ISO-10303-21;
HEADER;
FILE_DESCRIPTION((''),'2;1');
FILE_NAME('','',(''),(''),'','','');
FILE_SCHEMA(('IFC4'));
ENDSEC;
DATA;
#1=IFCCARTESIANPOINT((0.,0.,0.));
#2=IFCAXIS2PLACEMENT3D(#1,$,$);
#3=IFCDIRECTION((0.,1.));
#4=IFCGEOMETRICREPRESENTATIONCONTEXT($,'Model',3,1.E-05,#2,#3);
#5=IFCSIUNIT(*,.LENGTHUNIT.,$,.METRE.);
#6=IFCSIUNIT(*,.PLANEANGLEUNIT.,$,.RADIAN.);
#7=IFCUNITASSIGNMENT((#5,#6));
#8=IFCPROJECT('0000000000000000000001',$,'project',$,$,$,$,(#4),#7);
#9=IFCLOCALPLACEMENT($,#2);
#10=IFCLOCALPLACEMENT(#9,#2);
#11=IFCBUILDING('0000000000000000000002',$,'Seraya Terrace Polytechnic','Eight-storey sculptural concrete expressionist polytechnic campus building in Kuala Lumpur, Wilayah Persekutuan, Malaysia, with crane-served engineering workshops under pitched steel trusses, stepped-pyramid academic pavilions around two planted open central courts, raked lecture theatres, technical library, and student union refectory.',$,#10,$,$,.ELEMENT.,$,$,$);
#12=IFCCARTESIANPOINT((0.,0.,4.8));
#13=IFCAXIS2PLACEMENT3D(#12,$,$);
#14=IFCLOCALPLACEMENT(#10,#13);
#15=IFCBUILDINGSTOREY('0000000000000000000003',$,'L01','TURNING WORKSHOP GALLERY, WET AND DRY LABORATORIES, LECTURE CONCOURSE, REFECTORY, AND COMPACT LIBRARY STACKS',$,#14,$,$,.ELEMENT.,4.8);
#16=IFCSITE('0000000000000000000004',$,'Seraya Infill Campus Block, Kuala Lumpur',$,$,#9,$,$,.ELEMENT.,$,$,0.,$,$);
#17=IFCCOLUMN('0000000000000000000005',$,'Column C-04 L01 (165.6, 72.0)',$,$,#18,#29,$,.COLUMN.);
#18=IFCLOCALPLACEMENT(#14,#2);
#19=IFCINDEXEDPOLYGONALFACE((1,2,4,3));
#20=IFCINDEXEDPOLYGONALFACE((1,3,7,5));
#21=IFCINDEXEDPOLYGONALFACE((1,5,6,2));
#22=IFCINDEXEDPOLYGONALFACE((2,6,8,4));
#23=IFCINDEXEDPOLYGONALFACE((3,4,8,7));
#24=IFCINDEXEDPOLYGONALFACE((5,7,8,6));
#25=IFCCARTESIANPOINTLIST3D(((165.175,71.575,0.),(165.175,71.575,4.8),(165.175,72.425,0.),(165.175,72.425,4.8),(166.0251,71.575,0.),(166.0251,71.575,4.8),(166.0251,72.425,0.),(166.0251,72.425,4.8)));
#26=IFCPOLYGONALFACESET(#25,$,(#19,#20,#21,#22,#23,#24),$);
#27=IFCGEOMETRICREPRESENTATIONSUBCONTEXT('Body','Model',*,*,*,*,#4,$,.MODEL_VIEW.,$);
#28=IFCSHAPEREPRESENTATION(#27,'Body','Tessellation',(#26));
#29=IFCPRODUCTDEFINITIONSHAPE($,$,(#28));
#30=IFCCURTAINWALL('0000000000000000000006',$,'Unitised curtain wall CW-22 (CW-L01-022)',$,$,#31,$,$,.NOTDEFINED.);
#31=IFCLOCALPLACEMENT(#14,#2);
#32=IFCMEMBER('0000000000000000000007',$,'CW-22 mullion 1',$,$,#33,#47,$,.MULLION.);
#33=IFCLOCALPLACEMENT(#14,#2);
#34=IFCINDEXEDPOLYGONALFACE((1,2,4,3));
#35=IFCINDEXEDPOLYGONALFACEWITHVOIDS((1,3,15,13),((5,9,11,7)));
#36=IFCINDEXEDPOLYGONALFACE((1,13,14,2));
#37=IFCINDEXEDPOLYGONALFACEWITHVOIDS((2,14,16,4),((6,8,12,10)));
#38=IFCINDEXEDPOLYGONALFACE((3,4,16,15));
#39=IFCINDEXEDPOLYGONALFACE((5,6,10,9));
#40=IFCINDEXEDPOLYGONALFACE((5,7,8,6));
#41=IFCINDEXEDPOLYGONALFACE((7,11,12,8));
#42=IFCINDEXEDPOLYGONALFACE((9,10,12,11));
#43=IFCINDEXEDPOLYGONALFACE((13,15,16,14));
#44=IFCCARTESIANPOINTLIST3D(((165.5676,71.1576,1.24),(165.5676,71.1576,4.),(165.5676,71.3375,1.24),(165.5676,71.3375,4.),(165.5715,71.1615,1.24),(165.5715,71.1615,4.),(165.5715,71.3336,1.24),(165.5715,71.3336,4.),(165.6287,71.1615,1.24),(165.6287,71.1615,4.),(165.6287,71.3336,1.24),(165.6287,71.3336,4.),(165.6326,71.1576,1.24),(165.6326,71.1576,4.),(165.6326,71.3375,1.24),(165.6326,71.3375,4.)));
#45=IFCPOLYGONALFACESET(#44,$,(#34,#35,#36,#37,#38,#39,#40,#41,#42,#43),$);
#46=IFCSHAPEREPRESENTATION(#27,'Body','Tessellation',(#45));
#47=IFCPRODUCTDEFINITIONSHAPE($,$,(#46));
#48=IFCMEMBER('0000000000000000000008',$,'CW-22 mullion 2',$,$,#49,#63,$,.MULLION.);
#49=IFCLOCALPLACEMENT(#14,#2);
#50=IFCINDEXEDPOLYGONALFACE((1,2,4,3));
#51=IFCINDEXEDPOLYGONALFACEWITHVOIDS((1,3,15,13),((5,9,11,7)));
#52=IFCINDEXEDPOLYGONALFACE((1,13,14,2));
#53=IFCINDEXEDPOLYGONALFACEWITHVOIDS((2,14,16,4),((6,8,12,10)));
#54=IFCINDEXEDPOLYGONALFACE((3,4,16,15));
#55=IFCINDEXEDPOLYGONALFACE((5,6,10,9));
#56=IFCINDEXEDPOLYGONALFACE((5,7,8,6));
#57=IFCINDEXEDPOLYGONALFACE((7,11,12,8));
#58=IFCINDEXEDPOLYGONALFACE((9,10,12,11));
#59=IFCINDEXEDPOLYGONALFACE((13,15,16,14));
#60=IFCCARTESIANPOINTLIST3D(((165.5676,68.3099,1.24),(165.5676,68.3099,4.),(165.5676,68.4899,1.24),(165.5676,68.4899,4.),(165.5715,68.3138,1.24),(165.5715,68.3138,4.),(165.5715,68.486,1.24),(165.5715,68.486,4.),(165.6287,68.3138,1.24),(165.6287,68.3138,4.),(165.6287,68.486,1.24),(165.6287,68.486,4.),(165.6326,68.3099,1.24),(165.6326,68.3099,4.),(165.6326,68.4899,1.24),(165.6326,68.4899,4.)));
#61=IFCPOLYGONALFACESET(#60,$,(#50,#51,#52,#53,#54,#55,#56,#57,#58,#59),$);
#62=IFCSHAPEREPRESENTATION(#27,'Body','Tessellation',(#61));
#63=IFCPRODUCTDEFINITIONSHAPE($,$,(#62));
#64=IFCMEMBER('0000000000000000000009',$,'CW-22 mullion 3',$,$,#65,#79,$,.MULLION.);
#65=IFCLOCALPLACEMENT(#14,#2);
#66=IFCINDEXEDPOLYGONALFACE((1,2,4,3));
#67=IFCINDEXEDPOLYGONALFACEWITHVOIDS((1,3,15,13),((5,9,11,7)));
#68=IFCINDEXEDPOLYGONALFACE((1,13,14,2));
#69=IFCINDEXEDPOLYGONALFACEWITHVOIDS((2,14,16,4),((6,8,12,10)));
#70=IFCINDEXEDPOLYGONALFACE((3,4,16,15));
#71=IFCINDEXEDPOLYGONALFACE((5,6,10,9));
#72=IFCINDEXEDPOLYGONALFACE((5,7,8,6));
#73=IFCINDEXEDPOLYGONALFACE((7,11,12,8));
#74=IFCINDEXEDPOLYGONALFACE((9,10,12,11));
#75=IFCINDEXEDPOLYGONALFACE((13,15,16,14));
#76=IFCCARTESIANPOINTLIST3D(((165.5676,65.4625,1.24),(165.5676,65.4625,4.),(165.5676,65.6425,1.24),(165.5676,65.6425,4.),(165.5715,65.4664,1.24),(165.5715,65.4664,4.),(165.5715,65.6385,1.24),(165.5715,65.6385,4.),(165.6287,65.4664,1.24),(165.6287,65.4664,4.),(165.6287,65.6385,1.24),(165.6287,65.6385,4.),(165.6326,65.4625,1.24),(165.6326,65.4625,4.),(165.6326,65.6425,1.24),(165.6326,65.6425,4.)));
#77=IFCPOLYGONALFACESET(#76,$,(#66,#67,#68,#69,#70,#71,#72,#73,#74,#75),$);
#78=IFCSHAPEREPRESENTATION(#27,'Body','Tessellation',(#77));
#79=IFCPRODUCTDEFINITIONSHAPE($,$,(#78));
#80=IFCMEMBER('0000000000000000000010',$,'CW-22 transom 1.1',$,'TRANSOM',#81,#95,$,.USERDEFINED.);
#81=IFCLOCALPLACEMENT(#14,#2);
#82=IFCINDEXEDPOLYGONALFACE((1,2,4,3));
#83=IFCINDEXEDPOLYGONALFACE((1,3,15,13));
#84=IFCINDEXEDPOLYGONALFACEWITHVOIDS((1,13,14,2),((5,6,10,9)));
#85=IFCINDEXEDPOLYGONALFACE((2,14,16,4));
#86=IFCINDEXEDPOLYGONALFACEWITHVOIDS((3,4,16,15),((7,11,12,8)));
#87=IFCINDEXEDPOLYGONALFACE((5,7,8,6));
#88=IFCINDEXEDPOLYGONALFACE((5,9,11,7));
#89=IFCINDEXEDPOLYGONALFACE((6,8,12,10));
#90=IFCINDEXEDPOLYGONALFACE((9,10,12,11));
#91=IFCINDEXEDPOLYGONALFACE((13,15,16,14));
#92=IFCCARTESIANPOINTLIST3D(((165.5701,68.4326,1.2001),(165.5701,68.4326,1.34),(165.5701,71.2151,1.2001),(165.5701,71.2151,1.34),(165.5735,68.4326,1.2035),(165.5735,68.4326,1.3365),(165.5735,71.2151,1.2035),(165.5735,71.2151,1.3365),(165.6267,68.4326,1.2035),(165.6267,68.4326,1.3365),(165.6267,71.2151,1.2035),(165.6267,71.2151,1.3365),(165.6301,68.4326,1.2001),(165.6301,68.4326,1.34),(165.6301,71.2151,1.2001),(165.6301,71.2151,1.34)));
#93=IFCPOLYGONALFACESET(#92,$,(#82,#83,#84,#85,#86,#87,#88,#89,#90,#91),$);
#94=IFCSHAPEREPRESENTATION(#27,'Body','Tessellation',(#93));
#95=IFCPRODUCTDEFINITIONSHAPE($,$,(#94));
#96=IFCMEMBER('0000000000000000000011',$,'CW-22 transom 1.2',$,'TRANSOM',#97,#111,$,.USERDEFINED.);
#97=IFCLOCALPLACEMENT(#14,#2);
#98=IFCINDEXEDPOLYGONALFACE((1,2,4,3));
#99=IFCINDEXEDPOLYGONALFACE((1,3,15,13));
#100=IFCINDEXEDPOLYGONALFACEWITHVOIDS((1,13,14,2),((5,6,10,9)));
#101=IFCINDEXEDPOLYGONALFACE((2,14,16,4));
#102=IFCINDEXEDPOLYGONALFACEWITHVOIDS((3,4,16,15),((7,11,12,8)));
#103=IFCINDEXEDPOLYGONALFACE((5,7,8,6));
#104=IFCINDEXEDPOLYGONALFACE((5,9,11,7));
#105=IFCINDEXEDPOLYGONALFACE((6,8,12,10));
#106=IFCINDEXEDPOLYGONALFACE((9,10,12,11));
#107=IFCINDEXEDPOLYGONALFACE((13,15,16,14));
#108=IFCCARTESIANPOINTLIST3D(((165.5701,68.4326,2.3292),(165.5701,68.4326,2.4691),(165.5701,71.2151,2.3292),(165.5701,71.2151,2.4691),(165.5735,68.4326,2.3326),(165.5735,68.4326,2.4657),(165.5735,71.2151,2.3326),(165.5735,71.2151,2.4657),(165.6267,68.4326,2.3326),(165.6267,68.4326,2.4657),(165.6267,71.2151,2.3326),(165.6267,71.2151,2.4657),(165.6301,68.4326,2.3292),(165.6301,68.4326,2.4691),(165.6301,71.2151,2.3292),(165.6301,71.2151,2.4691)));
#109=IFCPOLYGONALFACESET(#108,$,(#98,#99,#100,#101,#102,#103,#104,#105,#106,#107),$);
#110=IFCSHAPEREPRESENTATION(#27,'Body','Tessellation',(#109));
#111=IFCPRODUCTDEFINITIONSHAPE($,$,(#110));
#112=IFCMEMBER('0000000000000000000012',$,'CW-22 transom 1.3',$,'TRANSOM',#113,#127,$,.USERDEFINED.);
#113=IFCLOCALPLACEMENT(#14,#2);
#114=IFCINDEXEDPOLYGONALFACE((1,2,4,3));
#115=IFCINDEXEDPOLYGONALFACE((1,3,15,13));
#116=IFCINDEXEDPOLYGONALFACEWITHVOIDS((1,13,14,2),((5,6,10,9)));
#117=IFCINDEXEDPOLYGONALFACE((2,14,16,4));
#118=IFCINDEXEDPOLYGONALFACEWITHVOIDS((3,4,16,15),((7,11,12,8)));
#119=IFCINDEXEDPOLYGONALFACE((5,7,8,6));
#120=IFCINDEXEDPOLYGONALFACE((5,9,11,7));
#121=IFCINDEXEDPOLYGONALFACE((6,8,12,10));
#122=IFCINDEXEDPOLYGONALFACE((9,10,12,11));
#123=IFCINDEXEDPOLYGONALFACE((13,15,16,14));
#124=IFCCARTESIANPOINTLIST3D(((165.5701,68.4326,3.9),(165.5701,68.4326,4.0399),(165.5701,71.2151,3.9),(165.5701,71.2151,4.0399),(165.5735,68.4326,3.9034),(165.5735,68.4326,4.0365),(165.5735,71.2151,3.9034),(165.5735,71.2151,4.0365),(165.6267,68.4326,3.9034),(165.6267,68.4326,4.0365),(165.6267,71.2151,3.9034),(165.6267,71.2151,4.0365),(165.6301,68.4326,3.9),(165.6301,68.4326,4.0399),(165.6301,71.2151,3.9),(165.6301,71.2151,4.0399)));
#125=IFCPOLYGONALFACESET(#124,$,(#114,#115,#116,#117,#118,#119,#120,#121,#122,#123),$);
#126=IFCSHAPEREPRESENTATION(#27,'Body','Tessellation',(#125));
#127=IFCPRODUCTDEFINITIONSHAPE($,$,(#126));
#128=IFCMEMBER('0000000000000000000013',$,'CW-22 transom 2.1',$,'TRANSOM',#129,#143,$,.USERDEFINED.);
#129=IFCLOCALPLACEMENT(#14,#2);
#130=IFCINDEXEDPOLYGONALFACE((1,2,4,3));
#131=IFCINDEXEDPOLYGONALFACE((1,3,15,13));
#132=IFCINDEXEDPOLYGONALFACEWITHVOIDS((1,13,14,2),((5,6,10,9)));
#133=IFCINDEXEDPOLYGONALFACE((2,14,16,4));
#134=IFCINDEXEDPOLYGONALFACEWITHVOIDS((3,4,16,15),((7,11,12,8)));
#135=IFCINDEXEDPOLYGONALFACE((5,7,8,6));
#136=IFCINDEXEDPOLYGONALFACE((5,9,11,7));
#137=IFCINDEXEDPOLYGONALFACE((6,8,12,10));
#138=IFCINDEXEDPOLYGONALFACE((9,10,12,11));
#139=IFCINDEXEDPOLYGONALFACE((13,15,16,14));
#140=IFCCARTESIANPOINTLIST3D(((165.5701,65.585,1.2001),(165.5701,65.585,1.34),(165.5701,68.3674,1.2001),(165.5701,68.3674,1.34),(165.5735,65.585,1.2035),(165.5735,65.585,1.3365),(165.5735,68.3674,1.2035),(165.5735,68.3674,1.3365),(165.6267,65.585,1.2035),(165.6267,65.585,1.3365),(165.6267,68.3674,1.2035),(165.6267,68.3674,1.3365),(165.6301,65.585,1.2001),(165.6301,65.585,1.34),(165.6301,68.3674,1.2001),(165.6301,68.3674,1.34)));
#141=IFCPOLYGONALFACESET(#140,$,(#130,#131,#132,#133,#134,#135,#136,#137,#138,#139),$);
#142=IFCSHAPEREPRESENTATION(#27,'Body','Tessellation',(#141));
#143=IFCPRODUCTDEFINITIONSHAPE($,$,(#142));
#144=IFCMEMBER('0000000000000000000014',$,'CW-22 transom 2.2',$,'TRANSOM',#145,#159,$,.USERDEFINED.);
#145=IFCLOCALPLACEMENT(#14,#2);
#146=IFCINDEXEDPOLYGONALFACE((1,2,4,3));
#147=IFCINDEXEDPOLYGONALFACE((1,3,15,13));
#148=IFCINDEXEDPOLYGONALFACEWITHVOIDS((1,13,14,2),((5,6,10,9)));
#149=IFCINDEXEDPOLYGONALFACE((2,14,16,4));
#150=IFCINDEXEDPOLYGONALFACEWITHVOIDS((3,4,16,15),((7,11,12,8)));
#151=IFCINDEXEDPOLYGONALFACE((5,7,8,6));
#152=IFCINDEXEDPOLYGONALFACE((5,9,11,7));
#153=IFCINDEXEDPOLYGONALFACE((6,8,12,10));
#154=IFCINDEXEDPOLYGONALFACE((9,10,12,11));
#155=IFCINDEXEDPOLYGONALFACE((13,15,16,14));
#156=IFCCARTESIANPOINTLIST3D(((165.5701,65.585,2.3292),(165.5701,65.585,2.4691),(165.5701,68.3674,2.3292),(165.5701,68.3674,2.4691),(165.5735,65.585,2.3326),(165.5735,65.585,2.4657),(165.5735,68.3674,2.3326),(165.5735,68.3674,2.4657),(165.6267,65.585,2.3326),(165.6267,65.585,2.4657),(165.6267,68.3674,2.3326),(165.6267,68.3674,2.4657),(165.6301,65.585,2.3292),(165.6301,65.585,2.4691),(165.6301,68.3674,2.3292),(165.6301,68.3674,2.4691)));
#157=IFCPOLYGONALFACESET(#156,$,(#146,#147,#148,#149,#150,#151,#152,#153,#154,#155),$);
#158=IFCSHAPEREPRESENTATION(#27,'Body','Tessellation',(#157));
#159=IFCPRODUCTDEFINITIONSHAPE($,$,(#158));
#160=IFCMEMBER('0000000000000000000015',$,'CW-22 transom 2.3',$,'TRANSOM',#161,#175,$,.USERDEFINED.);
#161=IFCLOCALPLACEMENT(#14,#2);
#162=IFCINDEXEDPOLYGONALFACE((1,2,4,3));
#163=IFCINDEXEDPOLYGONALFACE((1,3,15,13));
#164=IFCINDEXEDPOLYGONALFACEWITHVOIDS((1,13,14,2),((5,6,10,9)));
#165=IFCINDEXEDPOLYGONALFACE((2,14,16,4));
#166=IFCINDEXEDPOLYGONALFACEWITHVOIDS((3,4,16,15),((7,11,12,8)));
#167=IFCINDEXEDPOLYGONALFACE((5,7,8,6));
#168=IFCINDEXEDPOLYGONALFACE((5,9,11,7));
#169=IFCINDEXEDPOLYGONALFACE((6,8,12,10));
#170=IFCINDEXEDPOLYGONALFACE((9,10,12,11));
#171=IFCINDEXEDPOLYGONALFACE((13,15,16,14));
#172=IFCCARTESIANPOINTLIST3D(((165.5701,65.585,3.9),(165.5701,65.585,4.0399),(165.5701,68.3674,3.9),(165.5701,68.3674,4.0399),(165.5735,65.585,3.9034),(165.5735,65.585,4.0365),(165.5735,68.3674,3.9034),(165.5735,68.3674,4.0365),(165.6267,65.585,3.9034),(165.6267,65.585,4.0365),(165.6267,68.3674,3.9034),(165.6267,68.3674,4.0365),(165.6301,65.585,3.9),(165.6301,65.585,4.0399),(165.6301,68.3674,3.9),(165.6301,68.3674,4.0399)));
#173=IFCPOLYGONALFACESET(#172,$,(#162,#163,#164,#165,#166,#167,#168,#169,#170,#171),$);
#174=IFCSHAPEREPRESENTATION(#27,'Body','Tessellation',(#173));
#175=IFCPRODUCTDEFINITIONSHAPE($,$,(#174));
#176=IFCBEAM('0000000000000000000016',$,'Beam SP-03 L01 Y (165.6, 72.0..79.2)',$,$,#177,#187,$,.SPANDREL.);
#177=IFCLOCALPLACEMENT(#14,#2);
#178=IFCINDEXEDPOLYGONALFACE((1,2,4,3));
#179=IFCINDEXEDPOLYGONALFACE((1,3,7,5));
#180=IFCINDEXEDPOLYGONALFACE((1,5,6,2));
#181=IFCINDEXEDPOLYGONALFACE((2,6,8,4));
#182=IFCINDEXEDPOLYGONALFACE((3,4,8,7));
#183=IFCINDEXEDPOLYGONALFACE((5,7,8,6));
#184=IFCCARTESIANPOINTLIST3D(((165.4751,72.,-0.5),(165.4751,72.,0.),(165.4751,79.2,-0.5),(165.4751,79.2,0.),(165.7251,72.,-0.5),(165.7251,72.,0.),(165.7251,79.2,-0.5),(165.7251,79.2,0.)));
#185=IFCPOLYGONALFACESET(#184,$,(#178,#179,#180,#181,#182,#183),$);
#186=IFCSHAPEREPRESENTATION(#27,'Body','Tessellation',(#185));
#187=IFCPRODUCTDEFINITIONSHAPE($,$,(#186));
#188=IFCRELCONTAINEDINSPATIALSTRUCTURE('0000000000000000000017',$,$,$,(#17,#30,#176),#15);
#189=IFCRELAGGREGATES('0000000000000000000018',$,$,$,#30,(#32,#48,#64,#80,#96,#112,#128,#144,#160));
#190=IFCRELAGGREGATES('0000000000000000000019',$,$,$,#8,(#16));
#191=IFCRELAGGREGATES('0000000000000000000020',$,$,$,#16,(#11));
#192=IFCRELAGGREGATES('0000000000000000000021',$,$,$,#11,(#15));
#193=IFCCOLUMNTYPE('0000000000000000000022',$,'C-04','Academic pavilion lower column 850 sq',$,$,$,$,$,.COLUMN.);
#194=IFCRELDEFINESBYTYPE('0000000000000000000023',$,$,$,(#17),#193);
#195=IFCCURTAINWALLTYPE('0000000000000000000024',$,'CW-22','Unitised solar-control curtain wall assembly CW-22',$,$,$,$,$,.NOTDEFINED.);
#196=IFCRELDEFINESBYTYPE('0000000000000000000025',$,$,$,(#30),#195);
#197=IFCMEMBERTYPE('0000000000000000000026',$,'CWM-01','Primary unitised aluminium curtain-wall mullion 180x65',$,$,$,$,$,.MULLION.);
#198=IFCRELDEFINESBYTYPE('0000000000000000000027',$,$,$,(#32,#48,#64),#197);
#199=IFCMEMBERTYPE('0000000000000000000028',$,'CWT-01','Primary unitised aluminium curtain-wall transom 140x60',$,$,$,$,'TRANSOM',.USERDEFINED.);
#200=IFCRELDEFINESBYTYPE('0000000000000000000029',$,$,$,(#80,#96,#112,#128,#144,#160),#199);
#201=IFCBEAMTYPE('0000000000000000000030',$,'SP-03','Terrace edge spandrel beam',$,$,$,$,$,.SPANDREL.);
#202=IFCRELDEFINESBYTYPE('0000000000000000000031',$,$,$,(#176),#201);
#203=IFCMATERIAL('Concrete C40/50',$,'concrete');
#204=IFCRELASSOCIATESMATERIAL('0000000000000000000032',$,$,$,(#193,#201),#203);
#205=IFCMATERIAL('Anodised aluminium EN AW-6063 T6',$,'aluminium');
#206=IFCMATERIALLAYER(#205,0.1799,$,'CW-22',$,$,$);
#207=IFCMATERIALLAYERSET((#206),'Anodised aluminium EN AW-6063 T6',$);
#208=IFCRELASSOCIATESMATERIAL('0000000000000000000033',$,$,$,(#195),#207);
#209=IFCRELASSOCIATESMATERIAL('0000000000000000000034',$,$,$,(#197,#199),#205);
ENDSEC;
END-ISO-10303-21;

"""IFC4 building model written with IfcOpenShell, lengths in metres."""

from ifc_helpers import new_model, si_unit, direction, frame, origin, origin_2d, place, context, subcontext, project, spatial, rectangle, hollow_rectangle, extrude, material, layer, layer_set, material_profile, profile_set, type_object, element, aggregate, save


model = new_model("IFC4")

# Units and contexts
model_context = context("Model", 3, precision=1e-05, world=origin(), true_north=direction((0.0, 1.0)))
body_context = subcontext(model_context, "Body", "Model", "MODEL_VIEW")
ifc_project = project(units=[si_unit("LENGTHUNIT", "METRE"), si_unit("PLANEANGLEUNIT", "RADIAN")], contexts=[model_context])

# Site, building, storey
site_placement = place(None, origin())
site = spatial("IfcSite", under=ifc_project, at=site_placement, Name="Seraya Infill Campus Block, Kuala Lumpur", CompositionType="ELEMENT", RefElevation=0.0)
building_placement = place(site_placement, origin())
building = spatial("IfcBuilding", under=site, at=building_placement, Name="Seraya Terrace Polytechnic", Description="Eight-storey sculptural concrete expressionist polytechnic campus building in Kuala Lumpur, Wilayah Persekutuan, Malaysia, with crane-served engineering workshops under pitched steel trusses, stepped-pyramid academic pavilions around two planted open central courts, raked lecture theatres, technical library, and student union refectory.", CompositionType="ELEMENT")
storey_placement = place(building_placement, frame((0.0, 0.0, 4.8)))
storey = spatial("IfcBuildingStorey", under=building, at=storey_placement, Name="L01", Description="TURNING WORKSHOP GALLERY, WET AND DRY LABORATORIES, LECTURE CONCOURSE, REFECTORY, AND COMPACT LIBRARY STACKS", CompositionType="ELEMENT", Elevation=4.8)

# Column
ifc_material_1 = material(Name="Concrete C40/50", Category="concrete")
ifc_material_profile_1 = material_profile(ifc_material_1, rectangle(XDim=0.8501, YDim=0.8501, at=origin_2d()), Name="RC 850x850")
ifc_profile_set_1 = profile_set([ifc_material_profile_1], Name="Concrete C40/50")
column_type = type_object("IfcColumnType", Name="C-04", Description="Academic pavilion lower column 850 sq", PredefinedType="COLUMN", material=ifc_profile_set_1)
column_placement = place(storey_placement, frame((165.6001, 72.0, 0.0), z_axis=(0.0, 0.0, 1.0), x_axis=(1.0, 0.0, 0.0)))
element("IfcColumn", 1, at=column_placement, inside=storey, type_object=column_type, Name="Column C-04 L01 (165.6, 72.0)", PredefinedType="COLUMN", context=body_context, shape_type="SweptSolid", body=[
    extrude(rectangle(XDim=0.8501, YDim=0.8501, at=origin_2d()), origin(), (0.0, 0.0, 1.0), 4.8),
])

# Curtain wall, members
ifc_material_2 = material(Name="Anodised aluminium EN AW-6063 T6", Category="aluminium")
ifc_layer_1 = layer(ifc_material_2, 0.1799, Name="CW-22")
ifc_layer_set_1 = layer_set([ifc_layer_1], Name="Anodised aluminium EN AW-6063 T6")
curtain_wall_type = type_object("IfcCurtainWallType", Name="CW-22", Description="Unitised solar-control curtain wall assembly CW-22", PredefinedType="NOTDEFINED", material=ifc_layer_set_1)
curtain_wall_placement = place(storey_placement, origin())
curtain_wall = element("IfcCurtainWall", 2, at=curtain_wall_placement, inside=storey, type_object=curtain_wall_type, Name="Unitised curtain wall CW-22 (CW-L01-022)", PredefinedType="NOTDEFINED")
ifc_material_profile_2 = material_profile(ifc_material_2, hollow_rectangle(XDim=0.0649, YDim=0.1799, WallThickness=0.0039, at=origin_2d()), Name="RHS 180x65x4.0")
ifc_profile_set_2 = profile_set([ifc_material_profile_2], Name="Anodised aluminium EN AW-6063 T6")
member_type_1 = type_object("IfcMemberType", Name="CWM-01", Description="Primary unitised aluminium curtain-wall mullion 180x65", PredefinedType="MULLION", material=ifc_profile_set_2)
member_1_placement = place(storey_placement, frame((165.6001, 71.2476, 1.24), z_axis=(0.0, 0.0, 1.0), x_axis=(1.0, 0.0, 0.0)))
member_1 = element("IfcMember", 3, at=member_1_placement, type_object=member_type_1, Name="CW-22 mullion 1", PredefinedType="MULLION", context=body_context, shape_type="SweptSolid", body=[
    extrude(hollow_rectangle(XDim=0.0649, YDim=0.1799, WallThickness=0.0039, at=origin_2d()), origin(), (0.0, 0.0, 1.0), 2.76),
])
member_2_placement = place(storey_placement, frame((165.6001, 68.3999, 1.24), z_axis=(0.0, 0.0, 1.0), x_axis=(1.0, 0.0, 0.0)))
member_2 = element("IfcMember", 4, at=member_2_placement, type_object=member_type_1, Name="CW-22 mullion 2", PredefinedType="MULLION", context=body_context, shape_type="SweptSolid", body=[
    extrude(hollow_rectangle(XDim=0.0649, YDim=0.1799, WallThickness=0.0039, at=origin_2d()), origin(), (0.0, 0.0, 1.0), 2.76),
])
member_3_placement = place(storey_placement, frame((165.6001, 65.5525, 1.24), z_axis=(0.0, 0.0, 1.0), x_axis=(1.0, 0.0, 0.0)))
member_3 = element("IfcMember", 5, at=member_3_placement, type_object=member_type_1, Name="CW-22 mullion 3", PredefinedType="MULLION", context=body_context, shape_type="SweptSolid", body=[
    extrude(hollow_rectangle(XDim=0.0649, YDim=0.1799, WallThickness=0.0039, at=origin_2d()), origin(), (0.0, 0.0, 1.0), 2.76),
])
ifc_material_profile_3 = material_profile(ifc_material_2, hollow_rectangle(XDim=0.0601, YDim=0.1399, WallThickness=0.0034, at=origin_2d()), Name="RHS 140x60x3.5")
ifc_profile_set_3 = profile_set([ifc_material_profile_3], Name="Anodised aluminium EN AW-6063 T6")
member_type_2 = type_object("IfcMemberType", Name="CWT-01", Description="Primary unitised aluminium curtain-wall transom 140x60", ElementType="TRANSOM", PredefinedType="USERDEFINED", material=ifc_profile_set_3)
member_4_placement = place(storey_placement, frame((165.6001, 71.2151, 1.27), z_axis=(0.0, -1.0, 0.0), x_axis=(1.0, 0.0, 0.0)))
member_4 = element("IfcMember", 6, at=member_4_placement, type_object=member_type_2, Name="CW-22 transom 1.1", ObjectType="TRANSOM", PredefinedType="USERDEFINED", context=body_context, shape_type="SweptSolid", body=[
    extrude(hollow_rectangle(XDim=0.0601, YDim=0.1399, WallThickness=0.0034, at=origin_2d()), origin(), (0.0, 0.0, 1.0), 2.7825),
])
member_5_placement = place(storey_placement, frame((165.6001, 71.2151, 2.3992), z_axis=(0.0, -1.0, 0.0), x_axis=(1.0, 0.0, 0.0)))
member_5 = element("IfcMember", 7, at=member_5_placement, type_object=member_type_2, Name="CW-22 transom 1.2", ObjectType="TRANSOM", PredefinedType="USERDEFINED", context=body_context, shape_type="SweptSolid", body=[
    extrude(hollow_rectangle(XDim=0.0601, YDim=0.1399, WallThickness=0.0034, at=origin_2d()), origin(), (0.0, 0.0, 1.0), 2.7825),
])
member_6_placement = place(storey_placement, frame((165.6001, 71.2151, 3.97), z_axis=(0.0, -1.0, 0.0), x_axis=(1.0, 0.0, 0.0)))
member_6 = element("IfcMember", 8, at=member_6_placement, type_object=member_type_2, Name="CW-22 transom 1.3", ObjectType="TRANSOM", PredefinedType="USERDEFINED", context=body_context, shape_type="SweptSolid", body=[
    extrude(hollow_rectangle(XDim=0.0601, YDim=0.1399, WallThickness=0.0034, at=origin_2d()), origin(), (0.0, 0.0, 1.0), 2.7825),
])
member_7_placement = place(storey_placement, frame((165.6001, 68.3674, 1.27), z_axis=(0.0, -1.0, 0.0), x_axis=(1.0, 0.0, 0.0)))
member_7 = element("IfcMember", 9, at=member_7_placement, type_object=member_type_2, Name="CW-22 transom 2.1", ObjectType="TRANSOM", PredefinedType="USERDEFINED", context=body_context, shape_type="SweptSolid", body=[
    extrude(hollow_rectangle(XDim=0.0601, YDim=0.1399, WallThickness=0.0034, at=origin_2d()), origin(), (0.0, 0.0, 1.0), 2.7825),
])
member_8_placement = place(storey_placement, frame((165.6001, 68.3674, 2.3992), z_axis=(0.0, -1.0, 0.0), x_axis=(1.0, 0.0, 0.0)))
member_8 = element("IfcMember", 10, at=member_8_placement, type_object=member_type_2, Name="CW-22 transom 2.2", ObjectType="TRANSOM", PredefinedType="USERDEFINED", context=body_context, shape_type="SweptSolid", body=[
    extrude(hollow_rectangle(XDim=0.0601, YDim=0.1399, WallThickness=0.0034, at=origin_2d()), origin(), (0.0, 0.0, 1.0), 2.7825),
])
member_9_placement = place(storey_placement, frame((165.6001, 68.3674, 3.97), z_axis=(0.0, -1.0, 0.0), x_axis=(1.0, 0.0, 0.0)))
member_9 = element("IfcMember", 11, at=member_9_placement, type_object=member_type_2, Name="CW-22 transom 2.3", ObjectType="TRANSOM", PredefinedType="USERDEFINED", context=body_context, shape_type="SweptSolid", body=[
    extrude(hollow_rectangle(XDim=0.0601, YDim=0.1399, WallThickness=0.0034, at=origin_2d()), origin(), (0.0, 0.0, 1.0), 2.7825),
])

# Beam
ifc_material_profile_4 = material_profile(ifc_material_1, rectangle(XDim=0.25, YDim=0.5, at=origin_2d()), Name="RC 250x500")
ifc_profile_set_4 = profile_set([ifc_material_profile_4], Name="Concrete C40/50")
beam_type = type_object("IfcBeamType", Name="SP-03", Description="Terrace edge spandrel beam", PredefinedType="SPANDREL", material=ifc_profile_set_4)
beam_placement = place(storey_placement, frame((165.6001, 72.0, -0.25), z_axis=(0.0, 1.0, 0.0), x_axis=(-1.0, 0.0, 0.0)))
element("IfcBeam", 12, at=beam_placement, inside=storey, type_object=beam_type, Name="Beam SP-03 L01 Y (165.6, 72.0..79.2)", PredefinedType="SPANDREL", context=body_context, shape_type="SweptSolid", body=[
    extrude(rectangle(XDim=0.25, YDim=0.5, at=origin_2d()), origin(), (0.0, 0.0, 1.0), 7.2),
])

aggregate(curtain_wall, [member_1, member_2, member_3, member_4, member_5, member_6, member_7, member_8, member_9])

save(model, "model.ifc")
